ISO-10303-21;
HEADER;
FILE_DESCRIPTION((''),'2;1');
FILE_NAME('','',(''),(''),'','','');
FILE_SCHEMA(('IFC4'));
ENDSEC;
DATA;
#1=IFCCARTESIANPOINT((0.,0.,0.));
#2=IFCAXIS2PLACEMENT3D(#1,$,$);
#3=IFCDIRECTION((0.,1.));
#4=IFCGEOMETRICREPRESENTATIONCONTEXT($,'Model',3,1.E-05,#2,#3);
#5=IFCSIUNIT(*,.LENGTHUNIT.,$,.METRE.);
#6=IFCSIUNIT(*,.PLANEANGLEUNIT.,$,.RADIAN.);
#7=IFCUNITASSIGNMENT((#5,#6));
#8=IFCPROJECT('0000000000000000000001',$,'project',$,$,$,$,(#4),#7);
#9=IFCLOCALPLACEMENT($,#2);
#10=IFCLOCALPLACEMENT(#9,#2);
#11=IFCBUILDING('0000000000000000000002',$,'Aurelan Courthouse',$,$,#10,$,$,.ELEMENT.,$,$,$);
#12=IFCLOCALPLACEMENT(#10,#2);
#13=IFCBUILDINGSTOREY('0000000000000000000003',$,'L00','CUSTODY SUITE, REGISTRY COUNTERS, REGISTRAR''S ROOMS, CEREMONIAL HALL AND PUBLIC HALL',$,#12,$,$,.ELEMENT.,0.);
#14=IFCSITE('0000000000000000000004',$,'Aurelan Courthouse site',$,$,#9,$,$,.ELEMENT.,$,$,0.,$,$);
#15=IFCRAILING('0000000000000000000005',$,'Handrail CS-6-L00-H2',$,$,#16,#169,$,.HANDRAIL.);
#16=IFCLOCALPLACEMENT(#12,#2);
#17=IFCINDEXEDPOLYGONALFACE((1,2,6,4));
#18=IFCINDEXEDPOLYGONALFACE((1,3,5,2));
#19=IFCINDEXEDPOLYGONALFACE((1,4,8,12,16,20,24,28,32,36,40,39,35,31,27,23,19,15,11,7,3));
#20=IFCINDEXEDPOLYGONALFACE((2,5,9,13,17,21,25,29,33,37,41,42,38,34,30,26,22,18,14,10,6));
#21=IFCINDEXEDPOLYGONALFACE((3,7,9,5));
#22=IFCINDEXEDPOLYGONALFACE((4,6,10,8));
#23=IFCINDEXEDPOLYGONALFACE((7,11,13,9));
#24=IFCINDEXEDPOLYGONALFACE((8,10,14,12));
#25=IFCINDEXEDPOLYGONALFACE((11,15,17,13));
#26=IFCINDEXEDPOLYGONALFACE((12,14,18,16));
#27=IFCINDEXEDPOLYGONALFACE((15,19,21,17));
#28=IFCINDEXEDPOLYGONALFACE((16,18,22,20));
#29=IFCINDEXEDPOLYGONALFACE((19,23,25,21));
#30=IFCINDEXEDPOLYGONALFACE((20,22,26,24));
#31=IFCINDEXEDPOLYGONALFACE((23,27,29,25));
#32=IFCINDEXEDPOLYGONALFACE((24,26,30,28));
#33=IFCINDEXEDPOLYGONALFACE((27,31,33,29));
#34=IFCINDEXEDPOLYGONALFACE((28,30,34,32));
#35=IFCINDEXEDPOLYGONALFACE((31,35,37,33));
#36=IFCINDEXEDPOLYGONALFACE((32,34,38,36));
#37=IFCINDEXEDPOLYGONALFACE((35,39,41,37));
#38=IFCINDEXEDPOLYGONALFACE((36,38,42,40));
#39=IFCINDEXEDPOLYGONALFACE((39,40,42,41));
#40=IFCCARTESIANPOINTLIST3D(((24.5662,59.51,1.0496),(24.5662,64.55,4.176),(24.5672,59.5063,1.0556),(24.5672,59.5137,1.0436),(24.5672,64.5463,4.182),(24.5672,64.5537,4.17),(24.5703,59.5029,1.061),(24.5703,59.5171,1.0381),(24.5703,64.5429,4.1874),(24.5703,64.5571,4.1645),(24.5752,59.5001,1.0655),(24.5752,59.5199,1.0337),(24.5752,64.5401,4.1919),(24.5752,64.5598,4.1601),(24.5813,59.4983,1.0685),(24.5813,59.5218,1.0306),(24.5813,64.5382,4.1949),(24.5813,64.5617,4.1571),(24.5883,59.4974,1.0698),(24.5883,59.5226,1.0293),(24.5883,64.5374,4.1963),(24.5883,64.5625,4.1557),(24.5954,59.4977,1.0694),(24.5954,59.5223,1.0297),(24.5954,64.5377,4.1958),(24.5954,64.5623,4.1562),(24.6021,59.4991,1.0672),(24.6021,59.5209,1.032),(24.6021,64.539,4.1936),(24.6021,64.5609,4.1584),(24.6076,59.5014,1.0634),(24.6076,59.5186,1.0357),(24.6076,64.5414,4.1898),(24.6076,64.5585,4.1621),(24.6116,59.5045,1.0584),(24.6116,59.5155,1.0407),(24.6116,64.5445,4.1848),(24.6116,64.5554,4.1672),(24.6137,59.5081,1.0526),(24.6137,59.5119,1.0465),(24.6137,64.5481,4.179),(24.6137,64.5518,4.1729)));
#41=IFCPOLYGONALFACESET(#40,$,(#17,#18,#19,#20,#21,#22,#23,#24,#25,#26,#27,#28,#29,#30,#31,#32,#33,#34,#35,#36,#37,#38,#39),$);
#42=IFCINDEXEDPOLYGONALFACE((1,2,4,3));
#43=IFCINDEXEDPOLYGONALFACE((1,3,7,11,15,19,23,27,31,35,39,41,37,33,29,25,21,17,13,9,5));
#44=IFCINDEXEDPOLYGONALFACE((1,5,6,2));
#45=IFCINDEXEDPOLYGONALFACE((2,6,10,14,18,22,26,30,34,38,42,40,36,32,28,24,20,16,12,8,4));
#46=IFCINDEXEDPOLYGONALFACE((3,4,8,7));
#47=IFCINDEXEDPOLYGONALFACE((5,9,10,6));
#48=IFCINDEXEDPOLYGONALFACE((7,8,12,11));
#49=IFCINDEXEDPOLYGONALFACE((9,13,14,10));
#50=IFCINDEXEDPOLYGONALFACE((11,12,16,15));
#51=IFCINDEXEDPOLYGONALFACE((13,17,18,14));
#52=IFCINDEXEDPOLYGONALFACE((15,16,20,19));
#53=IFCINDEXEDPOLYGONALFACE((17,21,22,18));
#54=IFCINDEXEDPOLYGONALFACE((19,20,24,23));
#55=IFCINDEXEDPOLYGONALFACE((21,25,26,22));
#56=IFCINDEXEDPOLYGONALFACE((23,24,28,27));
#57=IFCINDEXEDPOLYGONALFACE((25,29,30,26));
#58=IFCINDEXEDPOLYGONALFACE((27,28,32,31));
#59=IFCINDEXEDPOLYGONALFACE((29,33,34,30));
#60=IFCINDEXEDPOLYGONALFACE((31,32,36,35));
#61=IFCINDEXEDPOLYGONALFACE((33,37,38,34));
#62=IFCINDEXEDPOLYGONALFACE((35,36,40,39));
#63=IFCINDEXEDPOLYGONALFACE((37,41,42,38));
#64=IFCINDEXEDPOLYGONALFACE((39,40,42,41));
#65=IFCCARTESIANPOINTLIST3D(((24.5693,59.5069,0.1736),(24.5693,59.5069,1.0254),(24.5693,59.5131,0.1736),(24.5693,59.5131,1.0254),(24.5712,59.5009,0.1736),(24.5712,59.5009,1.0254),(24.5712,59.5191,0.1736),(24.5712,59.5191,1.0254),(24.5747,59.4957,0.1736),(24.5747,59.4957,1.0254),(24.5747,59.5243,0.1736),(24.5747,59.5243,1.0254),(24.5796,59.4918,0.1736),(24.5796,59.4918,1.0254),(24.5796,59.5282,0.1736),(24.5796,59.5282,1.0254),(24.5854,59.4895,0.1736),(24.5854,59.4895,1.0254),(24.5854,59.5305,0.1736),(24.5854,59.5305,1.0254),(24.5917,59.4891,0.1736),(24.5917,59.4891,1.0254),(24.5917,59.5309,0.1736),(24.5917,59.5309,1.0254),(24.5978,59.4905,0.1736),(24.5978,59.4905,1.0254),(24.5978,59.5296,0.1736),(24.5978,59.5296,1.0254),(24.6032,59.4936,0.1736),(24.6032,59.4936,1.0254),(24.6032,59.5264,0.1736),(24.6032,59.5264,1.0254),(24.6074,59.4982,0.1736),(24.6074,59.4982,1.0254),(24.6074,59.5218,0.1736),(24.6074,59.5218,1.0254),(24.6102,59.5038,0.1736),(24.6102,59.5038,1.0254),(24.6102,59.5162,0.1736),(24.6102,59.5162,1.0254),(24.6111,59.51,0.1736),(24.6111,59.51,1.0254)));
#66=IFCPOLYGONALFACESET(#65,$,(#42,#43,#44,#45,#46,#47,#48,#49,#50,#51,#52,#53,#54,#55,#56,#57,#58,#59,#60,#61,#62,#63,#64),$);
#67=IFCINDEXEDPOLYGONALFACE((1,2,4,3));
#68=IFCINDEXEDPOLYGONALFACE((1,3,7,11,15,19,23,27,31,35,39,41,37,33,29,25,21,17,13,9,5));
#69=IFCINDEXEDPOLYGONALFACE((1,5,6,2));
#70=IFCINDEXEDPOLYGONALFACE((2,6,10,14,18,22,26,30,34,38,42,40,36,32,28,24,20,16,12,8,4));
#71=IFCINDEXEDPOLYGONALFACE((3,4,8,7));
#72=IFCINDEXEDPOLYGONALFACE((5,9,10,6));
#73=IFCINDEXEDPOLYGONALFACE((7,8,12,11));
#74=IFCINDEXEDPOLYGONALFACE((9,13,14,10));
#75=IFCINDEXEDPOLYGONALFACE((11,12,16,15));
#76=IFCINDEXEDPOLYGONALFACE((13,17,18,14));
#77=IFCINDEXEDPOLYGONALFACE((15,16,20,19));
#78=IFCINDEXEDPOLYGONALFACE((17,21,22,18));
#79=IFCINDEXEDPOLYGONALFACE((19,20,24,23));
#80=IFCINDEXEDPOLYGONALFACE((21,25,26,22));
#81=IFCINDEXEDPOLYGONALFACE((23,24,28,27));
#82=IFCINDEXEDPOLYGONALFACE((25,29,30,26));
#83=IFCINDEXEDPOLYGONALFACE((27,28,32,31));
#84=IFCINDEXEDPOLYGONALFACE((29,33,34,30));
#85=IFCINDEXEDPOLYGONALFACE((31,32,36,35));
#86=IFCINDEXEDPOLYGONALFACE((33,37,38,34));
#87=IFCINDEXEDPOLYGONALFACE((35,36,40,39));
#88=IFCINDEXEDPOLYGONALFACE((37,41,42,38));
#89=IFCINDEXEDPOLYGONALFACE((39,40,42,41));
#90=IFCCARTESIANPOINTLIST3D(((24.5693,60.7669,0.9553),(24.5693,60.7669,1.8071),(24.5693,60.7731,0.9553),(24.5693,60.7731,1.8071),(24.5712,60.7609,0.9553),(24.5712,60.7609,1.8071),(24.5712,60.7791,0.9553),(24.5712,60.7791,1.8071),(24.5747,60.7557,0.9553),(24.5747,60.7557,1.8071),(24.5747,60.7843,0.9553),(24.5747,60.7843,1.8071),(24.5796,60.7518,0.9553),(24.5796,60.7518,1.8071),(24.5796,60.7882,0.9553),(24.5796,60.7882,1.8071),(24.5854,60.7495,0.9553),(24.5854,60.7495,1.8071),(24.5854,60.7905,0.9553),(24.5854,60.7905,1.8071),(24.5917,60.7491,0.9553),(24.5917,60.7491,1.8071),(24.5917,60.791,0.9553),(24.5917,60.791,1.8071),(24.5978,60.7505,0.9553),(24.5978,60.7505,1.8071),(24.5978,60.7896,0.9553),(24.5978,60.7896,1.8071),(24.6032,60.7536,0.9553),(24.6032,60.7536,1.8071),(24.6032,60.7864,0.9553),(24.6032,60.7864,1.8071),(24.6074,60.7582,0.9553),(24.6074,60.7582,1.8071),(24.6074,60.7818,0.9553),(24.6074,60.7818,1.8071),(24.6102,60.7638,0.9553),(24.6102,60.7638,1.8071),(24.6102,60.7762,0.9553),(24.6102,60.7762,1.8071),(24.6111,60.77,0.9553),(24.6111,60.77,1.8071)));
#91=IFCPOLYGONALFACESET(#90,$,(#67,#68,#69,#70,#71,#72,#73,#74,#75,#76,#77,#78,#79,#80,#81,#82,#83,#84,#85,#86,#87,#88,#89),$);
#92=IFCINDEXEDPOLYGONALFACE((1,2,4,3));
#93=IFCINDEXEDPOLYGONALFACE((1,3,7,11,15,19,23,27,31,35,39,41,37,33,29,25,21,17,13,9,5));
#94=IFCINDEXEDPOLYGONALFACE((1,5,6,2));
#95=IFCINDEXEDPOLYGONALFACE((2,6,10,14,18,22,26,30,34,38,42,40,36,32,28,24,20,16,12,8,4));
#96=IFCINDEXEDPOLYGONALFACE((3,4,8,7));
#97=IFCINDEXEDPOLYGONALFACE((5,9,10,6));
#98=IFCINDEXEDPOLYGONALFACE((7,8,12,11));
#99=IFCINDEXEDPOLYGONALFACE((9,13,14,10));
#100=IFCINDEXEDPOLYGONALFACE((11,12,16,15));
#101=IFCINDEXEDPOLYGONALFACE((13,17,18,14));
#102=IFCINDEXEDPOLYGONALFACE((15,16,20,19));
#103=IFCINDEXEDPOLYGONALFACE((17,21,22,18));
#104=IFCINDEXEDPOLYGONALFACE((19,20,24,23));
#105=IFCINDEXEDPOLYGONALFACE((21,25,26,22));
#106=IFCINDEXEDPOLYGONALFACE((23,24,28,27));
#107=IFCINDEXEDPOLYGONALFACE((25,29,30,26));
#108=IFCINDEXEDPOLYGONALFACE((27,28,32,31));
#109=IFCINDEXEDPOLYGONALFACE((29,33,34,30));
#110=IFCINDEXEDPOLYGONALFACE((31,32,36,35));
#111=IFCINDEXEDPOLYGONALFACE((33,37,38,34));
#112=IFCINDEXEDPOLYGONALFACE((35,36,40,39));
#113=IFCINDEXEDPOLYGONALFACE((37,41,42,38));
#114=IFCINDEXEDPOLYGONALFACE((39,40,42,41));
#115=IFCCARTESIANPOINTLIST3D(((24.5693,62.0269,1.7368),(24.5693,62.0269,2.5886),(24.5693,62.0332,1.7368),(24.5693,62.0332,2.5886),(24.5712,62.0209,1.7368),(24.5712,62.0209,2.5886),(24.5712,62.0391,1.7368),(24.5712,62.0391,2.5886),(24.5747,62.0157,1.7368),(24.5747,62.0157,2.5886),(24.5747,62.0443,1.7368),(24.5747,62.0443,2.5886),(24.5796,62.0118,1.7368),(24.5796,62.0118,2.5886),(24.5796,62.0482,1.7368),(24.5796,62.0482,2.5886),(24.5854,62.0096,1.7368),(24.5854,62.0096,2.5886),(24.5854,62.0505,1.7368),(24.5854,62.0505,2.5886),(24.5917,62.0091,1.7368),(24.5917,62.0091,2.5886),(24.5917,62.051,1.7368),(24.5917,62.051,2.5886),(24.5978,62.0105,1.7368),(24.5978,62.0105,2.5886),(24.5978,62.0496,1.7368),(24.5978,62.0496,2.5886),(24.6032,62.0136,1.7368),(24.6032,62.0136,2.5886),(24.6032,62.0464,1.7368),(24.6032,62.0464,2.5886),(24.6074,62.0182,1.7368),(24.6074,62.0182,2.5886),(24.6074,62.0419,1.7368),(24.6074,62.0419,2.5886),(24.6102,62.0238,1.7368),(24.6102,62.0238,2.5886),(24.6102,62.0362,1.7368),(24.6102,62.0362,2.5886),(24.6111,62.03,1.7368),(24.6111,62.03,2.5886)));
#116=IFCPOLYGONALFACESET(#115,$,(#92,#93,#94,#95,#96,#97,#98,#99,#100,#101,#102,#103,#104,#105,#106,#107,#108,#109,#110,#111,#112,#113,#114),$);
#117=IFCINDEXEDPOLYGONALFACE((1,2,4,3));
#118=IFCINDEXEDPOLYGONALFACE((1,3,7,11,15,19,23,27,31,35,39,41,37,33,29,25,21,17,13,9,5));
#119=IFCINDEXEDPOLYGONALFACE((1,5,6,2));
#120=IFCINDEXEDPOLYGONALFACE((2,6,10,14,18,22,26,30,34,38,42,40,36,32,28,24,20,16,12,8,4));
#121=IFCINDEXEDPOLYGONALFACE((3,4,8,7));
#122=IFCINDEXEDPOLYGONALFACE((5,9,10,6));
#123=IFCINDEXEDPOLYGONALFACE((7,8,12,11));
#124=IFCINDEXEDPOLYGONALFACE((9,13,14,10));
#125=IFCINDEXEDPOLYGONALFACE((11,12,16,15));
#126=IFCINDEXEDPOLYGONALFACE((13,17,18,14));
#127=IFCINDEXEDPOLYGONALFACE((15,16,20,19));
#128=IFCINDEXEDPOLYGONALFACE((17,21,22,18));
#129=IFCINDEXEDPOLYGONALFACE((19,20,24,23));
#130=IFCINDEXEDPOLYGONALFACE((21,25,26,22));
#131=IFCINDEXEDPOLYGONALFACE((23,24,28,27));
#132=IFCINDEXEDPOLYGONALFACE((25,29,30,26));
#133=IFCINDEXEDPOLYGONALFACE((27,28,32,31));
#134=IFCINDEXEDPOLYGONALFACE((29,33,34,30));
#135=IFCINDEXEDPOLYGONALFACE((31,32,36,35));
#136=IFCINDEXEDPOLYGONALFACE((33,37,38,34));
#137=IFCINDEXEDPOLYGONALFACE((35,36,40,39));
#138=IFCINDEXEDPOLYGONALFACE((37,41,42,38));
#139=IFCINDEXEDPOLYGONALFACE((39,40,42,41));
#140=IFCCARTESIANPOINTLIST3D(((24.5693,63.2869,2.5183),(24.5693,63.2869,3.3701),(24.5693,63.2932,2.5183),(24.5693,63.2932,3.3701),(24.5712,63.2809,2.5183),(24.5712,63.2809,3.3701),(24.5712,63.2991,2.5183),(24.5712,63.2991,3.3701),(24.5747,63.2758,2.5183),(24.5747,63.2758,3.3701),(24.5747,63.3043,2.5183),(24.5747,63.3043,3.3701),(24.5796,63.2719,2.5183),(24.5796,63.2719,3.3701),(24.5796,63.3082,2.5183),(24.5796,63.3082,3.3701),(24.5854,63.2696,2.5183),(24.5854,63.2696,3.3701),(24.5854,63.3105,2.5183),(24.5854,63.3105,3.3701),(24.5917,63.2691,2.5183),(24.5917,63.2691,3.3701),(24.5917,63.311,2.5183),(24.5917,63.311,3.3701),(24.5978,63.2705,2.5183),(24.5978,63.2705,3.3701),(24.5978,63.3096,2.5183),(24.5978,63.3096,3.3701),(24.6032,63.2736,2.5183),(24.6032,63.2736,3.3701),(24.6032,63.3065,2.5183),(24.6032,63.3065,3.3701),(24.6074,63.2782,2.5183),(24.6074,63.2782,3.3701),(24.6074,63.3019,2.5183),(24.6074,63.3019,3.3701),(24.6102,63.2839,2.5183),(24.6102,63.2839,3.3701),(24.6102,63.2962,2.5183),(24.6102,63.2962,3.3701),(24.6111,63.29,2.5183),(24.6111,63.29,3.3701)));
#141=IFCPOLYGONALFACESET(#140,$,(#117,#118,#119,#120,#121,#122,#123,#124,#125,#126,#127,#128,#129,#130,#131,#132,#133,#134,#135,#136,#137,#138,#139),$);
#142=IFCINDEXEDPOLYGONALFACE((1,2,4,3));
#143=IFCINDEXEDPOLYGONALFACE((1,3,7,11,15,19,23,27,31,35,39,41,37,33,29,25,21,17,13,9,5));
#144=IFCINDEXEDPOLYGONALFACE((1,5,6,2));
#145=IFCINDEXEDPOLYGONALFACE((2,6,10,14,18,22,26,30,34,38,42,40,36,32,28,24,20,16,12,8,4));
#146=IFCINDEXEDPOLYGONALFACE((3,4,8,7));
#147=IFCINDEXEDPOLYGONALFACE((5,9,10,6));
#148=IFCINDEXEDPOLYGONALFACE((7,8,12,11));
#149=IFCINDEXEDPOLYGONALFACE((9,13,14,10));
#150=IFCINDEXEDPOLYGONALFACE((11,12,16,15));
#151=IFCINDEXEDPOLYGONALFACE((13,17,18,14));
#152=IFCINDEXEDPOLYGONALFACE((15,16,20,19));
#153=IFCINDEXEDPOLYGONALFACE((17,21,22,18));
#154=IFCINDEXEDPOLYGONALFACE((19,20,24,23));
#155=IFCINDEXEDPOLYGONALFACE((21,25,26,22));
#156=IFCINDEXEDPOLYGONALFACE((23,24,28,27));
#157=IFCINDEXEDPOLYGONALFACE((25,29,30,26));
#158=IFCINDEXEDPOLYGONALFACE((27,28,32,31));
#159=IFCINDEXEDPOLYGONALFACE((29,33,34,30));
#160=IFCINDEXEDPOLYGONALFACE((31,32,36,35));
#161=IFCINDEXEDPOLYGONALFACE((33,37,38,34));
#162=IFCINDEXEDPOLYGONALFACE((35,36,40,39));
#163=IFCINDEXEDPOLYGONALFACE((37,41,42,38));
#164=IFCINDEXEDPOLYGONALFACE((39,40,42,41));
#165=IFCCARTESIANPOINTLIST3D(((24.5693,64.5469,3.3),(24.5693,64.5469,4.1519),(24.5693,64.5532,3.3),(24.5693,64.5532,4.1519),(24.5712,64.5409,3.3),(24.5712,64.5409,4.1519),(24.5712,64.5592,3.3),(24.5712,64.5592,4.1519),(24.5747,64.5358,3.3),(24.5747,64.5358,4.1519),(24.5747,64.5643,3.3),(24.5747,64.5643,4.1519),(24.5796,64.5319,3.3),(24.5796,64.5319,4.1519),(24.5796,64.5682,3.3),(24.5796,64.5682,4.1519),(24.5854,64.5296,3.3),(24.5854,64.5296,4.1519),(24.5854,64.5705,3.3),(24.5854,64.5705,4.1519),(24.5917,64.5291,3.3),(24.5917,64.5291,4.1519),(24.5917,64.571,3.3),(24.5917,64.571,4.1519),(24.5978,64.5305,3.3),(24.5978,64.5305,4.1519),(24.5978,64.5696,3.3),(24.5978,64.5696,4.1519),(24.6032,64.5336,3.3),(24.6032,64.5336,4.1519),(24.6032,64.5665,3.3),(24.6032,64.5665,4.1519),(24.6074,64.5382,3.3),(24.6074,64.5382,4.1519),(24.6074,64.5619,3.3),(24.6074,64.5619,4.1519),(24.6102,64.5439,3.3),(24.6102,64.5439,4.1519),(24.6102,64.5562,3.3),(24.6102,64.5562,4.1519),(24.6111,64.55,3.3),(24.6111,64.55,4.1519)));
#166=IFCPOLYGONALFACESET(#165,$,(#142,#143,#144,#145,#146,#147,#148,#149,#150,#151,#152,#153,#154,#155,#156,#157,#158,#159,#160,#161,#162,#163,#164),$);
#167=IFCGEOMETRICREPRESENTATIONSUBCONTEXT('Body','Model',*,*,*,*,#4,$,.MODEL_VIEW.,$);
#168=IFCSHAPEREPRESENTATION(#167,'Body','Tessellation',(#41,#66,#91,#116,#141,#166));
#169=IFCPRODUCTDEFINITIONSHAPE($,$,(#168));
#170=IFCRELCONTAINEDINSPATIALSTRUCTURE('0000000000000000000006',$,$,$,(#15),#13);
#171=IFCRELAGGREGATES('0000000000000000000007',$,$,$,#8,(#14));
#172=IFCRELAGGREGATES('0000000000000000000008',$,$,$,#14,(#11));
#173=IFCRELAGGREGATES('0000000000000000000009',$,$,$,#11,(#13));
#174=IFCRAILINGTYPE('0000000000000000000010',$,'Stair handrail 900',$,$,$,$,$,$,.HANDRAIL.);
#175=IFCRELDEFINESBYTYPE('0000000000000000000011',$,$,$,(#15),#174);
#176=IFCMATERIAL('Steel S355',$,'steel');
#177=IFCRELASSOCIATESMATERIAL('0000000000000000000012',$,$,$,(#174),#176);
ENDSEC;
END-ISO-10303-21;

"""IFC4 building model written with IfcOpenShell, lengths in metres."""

from ifc_helpers import new_model, si_unit, direction, frame, origin, origin_2d, place, context, subcontext, project, spatial, circle, extrude, material, type_object, element, save


model = new_model("IFC4")

# Units and contexts
model_context = context("Model", 3, precision=1e-05, world=origin(), true_north=direction((0.0, 1.0)))
body_context = subcontext(model_context, "Body", "Model", "MODEL_VIEW")
ifc_project = project(units=[si_unit("LENGTHUNIT", "METRE"), si_unit("PLANEANGLEUNIT", "RADIAN")], contexts=[model_context])

# Site, building, storey
site_placement = place(None, origin())
site = spatial("IfcSite", under=ifc_project, at=site_placement, Name="Aurelan Courthouse site", CompositionType="ELEMENT", RefElevation=0.0)
building_placement = place(site_placement, origin())
building = spatial("IfcBuilding", under=site, at=building_placement, Name="Aurelan Courthouse", CompositionType="ELEMENT")
storey_placement = place(building_placement, origin())
storey = spatial("IfcBuildingStorey", under=building, at=storey_placement, Name="L00", Description="CUSTODY SUITE, REGISTRY COUNTERS, REGISTRAR'S ROOMS, CEREMONIAL HALL AND PUBLIC HALL", CompositionType="ELEMENT", Elevation=0.0)

# Railing
ifc_material_1 = material(Name="Steel S355", Category="steel")
railing_type_1 = type_object("IfcRailingType", Name="Stair handrail 900", PredefinedType="HANDRAIL", material=ifc_material_1)
for number, where, name in (
    (1, (24.5901, 59.51, 0.1736), "Handrail CS-6-L00-H2"),
):
    element("IfcRailing", number, at=place(storey_placement, frame(where)), inside=storey, type_object=railing_type_1, Name=name, PredefinedType="HANDRAIL", context=body_context, shape_type="SweptSolid", body=[
        extrude(circle(Radius=0.0239, at=origin_2d()), frame((0.0, 0.0, 0.876), z_axis=(0.0, 0.849779, 0.527139), x_axis=(-1.0, 0.0, 0.0)), (0.0, 0.0, 1.0), 5.9309),
        extrude(circle(Radius=0.021, at=origin_2d()), origin(), (0.0, 0.0, 1.0), 0.8518),
        extrude(circle(Radius=0.021, at=origin_2d()), frame((0.0, 1.26, 0.7817)), (0.0, 0.0, 1.0), 0.8518),
        extrude(circle(Radius=0.021, at=origin_2d()), frame((0.0, 2.52, 1.5632)), (0.0, 0.0, 1.0), 0.8518),
        extrude(circle(Radius=0.021, at=origin_2d()), frame((0.0, 3.78, 2.3447)), (0.0, 0.0, 1.0), 0.8518),
        extrude(circle(Radius=0.021, at=origin_2d()), frame((0.0, 5.04, 3.1265)), (0.0, 0.0, 1.0), 0.8518),
    ])

save(model, "model.ifc")
